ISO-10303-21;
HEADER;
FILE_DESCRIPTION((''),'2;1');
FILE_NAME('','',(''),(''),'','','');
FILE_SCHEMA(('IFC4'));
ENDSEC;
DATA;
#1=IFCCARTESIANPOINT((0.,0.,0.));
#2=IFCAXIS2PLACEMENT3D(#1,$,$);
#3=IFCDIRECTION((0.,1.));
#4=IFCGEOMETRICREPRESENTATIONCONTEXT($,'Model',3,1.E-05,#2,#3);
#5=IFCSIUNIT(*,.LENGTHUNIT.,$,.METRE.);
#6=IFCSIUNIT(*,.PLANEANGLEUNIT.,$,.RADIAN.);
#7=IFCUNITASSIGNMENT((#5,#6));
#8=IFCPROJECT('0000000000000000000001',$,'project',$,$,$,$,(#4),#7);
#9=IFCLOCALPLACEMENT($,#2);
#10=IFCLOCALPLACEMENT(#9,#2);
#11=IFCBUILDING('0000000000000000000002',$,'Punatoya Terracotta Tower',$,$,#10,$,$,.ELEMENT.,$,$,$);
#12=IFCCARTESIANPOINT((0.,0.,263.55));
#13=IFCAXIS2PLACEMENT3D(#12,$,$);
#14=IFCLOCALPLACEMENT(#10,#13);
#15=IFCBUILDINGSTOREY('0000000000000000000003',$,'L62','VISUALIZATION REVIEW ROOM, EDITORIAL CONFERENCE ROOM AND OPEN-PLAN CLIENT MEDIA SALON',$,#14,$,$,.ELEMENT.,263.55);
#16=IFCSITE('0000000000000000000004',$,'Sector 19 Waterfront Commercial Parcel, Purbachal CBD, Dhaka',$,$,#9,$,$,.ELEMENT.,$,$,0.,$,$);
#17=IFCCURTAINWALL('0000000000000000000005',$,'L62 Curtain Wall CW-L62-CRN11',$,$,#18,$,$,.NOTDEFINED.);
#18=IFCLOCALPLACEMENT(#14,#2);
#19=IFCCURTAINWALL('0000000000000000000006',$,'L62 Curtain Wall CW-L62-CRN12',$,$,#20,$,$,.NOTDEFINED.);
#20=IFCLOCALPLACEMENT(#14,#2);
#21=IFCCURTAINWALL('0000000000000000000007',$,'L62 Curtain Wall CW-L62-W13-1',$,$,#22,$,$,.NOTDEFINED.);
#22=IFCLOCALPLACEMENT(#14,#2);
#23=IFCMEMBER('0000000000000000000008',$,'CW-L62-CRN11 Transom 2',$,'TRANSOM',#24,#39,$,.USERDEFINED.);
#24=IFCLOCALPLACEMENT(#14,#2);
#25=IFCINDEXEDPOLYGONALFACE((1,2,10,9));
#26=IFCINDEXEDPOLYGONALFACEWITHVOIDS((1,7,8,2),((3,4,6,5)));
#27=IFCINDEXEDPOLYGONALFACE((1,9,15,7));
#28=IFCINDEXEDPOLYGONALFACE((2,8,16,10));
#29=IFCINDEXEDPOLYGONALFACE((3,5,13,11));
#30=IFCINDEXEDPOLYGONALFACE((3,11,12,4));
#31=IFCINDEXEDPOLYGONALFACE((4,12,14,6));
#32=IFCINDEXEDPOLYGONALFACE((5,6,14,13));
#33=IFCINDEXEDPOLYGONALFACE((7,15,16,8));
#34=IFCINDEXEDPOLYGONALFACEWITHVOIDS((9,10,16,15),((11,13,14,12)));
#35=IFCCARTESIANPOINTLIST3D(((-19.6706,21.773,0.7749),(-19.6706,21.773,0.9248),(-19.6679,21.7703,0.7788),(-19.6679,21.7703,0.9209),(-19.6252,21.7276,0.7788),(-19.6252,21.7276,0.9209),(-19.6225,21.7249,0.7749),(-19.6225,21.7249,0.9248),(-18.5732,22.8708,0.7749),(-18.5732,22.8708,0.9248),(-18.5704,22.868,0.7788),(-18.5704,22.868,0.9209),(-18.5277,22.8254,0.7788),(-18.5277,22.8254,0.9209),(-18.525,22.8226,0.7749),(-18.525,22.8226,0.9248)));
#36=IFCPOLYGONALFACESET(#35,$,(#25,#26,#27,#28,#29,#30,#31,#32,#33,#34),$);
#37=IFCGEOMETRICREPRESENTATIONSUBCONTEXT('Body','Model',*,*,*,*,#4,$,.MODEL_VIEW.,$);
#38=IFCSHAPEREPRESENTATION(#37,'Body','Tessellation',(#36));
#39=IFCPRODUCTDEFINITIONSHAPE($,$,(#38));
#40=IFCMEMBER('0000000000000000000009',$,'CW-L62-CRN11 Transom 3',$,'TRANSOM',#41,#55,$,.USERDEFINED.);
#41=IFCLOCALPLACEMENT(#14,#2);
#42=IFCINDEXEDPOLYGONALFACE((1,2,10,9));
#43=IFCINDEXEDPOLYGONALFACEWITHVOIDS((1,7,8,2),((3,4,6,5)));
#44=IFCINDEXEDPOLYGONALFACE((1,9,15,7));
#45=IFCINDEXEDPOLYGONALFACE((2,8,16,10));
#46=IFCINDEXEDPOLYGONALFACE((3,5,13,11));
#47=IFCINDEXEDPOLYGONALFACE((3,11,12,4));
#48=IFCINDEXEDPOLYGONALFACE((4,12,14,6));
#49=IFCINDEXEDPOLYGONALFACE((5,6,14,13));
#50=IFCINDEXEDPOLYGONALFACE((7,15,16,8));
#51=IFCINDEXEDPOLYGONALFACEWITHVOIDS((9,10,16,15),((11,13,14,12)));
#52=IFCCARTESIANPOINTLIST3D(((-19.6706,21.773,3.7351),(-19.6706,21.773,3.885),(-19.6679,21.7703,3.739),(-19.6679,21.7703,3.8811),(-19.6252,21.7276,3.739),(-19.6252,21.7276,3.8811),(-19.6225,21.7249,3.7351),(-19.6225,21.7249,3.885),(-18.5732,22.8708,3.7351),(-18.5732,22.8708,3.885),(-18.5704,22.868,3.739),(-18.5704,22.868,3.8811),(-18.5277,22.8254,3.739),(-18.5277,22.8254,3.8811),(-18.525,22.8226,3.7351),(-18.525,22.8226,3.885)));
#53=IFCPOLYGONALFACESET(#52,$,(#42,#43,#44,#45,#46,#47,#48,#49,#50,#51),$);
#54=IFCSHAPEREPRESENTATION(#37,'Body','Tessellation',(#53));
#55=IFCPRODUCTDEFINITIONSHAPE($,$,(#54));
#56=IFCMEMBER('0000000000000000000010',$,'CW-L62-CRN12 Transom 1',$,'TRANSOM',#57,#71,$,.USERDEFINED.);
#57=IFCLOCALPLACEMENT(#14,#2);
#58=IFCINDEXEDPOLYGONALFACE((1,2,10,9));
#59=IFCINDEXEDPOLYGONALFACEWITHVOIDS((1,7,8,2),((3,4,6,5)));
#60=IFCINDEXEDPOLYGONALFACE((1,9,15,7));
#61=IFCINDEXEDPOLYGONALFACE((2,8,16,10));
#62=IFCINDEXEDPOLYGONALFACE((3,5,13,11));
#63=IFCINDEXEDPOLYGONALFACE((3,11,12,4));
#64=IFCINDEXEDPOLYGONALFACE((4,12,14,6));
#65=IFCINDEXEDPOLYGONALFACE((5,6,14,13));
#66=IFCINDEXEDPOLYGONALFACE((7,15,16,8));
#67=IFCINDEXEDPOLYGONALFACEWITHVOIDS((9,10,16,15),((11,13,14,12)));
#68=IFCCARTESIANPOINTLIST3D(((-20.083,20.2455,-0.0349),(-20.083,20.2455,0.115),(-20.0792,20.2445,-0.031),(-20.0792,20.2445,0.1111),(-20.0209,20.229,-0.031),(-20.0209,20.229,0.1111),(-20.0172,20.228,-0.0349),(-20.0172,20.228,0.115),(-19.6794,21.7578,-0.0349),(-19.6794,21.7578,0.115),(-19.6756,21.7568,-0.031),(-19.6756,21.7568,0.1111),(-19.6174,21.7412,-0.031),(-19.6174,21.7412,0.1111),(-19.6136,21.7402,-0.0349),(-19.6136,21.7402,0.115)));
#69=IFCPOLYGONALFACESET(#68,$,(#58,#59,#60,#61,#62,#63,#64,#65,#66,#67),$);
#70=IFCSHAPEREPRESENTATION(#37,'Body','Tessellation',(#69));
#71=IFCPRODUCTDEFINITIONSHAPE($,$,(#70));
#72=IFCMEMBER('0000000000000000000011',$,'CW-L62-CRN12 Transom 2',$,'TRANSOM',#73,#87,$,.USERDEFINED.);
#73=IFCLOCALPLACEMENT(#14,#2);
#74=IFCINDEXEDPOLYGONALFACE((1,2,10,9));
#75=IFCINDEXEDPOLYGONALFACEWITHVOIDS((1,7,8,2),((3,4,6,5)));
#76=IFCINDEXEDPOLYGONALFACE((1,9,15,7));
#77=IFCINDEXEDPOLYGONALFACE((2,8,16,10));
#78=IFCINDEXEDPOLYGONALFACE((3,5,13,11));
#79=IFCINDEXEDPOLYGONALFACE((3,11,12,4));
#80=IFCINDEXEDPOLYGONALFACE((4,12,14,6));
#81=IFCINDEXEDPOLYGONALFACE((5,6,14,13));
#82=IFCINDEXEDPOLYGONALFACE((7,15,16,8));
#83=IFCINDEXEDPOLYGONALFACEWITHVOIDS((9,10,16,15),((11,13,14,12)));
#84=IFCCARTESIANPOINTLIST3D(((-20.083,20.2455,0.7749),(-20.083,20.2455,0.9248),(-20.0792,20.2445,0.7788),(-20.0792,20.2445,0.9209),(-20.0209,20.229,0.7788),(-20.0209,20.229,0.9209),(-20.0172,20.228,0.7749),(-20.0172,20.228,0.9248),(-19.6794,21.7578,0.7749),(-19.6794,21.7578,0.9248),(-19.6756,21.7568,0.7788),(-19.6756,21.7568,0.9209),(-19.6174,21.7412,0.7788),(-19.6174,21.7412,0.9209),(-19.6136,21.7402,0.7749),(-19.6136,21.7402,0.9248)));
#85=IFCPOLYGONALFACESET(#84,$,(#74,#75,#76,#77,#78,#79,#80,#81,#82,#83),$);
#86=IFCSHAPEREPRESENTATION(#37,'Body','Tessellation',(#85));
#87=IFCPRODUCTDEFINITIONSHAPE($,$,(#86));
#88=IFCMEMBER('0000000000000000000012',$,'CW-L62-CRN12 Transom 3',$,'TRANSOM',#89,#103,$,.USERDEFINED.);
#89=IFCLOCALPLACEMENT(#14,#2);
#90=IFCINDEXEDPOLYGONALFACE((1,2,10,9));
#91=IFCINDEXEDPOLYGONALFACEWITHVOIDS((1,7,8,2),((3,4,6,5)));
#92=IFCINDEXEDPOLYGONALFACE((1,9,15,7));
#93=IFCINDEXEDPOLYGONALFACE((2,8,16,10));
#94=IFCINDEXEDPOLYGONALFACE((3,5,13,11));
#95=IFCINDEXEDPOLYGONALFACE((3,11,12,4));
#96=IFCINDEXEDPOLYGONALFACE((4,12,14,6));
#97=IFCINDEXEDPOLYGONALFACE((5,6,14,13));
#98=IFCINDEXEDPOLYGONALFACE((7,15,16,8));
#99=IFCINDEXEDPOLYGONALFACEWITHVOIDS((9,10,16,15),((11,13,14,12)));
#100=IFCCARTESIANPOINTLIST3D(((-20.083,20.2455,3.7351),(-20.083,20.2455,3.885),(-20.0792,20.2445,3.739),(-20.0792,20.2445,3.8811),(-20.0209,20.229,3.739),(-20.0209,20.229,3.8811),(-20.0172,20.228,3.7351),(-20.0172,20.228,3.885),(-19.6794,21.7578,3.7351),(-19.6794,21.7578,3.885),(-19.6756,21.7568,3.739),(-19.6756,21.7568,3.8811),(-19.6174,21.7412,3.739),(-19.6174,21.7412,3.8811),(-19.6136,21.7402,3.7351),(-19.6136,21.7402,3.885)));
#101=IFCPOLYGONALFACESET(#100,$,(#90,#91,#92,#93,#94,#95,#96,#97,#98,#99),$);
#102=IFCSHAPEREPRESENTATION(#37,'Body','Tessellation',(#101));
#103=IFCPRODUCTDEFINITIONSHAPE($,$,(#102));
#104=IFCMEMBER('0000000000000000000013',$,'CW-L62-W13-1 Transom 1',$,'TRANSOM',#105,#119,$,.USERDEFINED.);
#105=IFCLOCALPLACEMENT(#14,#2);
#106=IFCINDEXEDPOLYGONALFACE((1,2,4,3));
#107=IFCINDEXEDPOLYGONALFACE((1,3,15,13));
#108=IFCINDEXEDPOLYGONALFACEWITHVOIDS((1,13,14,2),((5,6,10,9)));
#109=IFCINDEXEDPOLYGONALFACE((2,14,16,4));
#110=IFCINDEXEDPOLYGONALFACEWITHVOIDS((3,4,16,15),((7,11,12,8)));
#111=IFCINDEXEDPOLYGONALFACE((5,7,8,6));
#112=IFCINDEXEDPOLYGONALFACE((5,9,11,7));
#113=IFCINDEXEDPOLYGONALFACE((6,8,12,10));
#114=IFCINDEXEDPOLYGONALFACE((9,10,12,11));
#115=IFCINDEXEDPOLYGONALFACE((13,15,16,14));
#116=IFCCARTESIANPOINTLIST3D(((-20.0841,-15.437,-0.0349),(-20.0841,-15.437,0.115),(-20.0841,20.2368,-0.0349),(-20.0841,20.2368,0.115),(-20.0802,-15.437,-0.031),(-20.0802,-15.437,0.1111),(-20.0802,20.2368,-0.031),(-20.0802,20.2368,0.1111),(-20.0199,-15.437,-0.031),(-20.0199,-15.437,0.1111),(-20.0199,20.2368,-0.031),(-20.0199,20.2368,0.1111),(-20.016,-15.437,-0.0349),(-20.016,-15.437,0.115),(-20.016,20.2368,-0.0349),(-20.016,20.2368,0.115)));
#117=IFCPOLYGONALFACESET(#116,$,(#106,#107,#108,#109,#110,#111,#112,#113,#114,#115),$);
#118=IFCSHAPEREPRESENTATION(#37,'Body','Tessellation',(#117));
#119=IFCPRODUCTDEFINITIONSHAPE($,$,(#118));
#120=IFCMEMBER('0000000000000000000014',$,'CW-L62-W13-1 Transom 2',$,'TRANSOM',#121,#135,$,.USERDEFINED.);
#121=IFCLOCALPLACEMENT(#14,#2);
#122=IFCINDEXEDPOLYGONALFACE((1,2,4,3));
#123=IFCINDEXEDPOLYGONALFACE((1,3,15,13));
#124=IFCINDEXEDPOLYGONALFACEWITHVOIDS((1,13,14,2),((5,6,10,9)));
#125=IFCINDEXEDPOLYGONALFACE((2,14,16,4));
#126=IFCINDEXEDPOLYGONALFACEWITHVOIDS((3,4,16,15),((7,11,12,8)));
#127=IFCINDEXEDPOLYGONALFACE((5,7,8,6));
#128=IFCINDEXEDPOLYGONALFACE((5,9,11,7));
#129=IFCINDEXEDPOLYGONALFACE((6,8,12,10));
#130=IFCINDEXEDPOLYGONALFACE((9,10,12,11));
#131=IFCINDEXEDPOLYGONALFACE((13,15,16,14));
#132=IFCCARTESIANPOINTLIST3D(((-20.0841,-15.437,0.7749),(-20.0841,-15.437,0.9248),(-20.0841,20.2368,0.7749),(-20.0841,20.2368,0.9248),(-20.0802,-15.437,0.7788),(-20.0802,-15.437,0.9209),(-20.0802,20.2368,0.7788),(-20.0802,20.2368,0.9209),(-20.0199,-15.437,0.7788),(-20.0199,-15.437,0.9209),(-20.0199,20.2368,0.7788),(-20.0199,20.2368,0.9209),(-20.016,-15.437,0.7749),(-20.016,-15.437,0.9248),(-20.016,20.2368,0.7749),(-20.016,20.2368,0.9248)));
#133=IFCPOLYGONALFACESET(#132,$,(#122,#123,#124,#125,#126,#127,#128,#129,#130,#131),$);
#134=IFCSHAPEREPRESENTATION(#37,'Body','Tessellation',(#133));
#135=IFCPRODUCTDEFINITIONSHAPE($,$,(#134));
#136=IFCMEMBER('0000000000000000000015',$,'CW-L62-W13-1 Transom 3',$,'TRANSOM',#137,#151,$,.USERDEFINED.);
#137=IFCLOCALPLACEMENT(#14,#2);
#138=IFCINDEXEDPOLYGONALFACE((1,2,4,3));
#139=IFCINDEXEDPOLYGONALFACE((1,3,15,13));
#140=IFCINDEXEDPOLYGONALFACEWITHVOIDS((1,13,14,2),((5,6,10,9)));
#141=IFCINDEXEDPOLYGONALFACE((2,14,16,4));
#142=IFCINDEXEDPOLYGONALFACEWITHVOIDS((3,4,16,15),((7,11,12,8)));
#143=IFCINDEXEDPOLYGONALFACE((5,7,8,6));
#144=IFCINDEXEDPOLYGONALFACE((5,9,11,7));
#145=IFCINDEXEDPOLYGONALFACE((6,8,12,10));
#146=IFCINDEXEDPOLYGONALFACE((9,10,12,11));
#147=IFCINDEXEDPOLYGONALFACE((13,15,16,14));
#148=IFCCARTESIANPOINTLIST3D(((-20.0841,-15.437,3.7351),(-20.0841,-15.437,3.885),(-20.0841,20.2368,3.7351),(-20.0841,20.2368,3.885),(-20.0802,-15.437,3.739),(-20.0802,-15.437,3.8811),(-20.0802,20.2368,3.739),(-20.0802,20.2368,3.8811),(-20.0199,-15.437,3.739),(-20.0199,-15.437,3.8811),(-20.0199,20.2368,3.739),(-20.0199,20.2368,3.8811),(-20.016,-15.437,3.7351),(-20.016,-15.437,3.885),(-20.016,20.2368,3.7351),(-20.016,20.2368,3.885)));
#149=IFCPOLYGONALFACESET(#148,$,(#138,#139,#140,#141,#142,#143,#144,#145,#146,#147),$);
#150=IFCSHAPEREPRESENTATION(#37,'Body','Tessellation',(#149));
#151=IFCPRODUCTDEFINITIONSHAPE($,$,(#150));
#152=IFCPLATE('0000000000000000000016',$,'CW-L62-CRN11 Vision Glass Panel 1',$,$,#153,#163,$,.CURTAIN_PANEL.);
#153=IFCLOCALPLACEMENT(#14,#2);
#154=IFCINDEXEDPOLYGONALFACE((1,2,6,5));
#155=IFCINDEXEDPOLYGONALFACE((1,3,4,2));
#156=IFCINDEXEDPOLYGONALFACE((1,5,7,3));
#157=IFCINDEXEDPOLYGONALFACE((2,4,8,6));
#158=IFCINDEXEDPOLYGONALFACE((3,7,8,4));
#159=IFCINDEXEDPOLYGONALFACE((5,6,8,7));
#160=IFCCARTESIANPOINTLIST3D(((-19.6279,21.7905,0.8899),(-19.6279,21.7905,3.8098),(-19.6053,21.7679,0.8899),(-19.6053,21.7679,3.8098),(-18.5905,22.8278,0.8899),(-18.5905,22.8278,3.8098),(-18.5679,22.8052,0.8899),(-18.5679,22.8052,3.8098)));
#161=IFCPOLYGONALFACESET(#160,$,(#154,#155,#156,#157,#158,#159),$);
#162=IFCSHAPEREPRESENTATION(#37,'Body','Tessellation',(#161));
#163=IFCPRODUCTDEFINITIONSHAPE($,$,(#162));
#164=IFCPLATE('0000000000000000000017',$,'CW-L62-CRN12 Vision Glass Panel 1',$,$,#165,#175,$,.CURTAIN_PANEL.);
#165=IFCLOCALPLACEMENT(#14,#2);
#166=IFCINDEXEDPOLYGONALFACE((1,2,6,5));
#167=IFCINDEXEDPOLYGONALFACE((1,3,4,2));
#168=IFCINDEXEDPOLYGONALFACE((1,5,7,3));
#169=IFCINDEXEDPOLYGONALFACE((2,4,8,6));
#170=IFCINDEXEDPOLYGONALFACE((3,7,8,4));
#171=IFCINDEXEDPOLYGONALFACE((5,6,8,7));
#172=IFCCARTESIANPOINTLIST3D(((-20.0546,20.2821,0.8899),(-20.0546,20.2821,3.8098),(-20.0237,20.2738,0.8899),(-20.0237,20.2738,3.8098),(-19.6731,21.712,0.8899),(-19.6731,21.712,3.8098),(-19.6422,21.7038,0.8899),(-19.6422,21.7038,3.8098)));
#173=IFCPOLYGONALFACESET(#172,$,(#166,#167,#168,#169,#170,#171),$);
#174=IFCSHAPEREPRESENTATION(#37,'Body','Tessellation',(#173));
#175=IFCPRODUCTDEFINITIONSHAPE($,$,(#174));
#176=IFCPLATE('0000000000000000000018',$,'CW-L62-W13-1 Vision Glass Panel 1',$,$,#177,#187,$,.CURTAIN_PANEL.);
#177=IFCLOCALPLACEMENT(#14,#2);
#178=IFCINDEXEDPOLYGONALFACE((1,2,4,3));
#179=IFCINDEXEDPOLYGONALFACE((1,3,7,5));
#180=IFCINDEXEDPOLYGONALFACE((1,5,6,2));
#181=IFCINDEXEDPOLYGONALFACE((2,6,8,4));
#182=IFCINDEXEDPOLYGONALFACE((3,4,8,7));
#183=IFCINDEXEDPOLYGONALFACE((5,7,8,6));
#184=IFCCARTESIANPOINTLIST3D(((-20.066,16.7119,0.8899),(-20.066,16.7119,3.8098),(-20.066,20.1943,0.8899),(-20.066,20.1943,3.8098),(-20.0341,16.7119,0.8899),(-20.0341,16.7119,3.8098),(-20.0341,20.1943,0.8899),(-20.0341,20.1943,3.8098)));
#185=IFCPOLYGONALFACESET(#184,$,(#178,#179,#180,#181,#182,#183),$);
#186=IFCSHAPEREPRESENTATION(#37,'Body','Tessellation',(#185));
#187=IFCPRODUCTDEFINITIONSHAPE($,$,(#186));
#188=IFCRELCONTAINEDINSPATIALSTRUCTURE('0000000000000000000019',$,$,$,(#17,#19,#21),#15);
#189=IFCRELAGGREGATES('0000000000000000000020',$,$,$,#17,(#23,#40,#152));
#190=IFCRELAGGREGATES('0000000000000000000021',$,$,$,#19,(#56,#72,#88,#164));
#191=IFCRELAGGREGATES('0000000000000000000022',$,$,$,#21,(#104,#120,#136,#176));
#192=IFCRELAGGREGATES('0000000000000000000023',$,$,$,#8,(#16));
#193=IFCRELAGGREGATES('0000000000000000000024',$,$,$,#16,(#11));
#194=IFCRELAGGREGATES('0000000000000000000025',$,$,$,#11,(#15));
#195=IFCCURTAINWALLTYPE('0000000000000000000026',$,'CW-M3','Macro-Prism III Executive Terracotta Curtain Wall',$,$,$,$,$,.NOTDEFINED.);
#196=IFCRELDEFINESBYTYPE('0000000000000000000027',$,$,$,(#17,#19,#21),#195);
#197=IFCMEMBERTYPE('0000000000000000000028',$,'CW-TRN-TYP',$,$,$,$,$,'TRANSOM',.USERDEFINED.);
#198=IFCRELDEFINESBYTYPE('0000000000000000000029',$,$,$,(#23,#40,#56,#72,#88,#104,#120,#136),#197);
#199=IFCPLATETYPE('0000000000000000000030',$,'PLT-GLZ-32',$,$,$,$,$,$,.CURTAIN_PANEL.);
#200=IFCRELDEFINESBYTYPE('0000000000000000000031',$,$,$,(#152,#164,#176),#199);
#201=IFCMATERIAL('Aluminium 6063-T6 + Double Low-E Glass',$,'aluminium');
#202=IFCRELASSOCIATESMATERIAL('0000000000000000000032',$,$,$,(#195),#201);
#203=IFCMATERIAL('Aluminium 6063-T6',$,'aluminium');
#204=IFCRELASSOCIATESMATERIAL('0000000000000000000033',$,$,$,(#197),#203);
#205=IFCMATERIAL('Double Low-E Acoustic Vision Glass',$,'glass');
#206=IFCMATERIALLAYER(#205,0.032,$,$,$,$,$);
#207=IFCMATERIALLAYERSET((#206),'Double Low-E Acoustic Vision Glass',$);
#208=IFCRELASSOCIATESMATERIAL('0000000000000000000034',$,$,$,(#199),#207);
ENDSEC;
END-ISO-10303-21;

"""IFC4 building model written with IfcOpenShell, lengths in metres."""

from ifc_helpers import new_model, si_unit, direction, frame, origin, origin_2d, place, context, subcontext, project, spatial, rectangle, hollow_rectangle, extrude, material, layer, layer_set, material_profile, profile_set, type_object, element, aggregate, save


model = new_model("IFC4")

# Units and contexts
model_context = context("Model", 3, precision=1e-05, world=origin(), true_north=direction((0.0, 1.0)))
body_context = subcontext(model_context, "Body", "Model", "MODEL_VIEW")
ifc_project = project(units=[si_unit("LENGTHUNIT", "METRE"), si_unit("PLANEANGLEUNIT", "RADIAN")], contexts=[model_context])

# Site, building, storey
site_placement = place(None, origin())
site = spatial("IfcSite", under=ifc_project, at=site_placement, Name="Sector 19 Waterfront Commercial Parcel, Purbachal CBD, Dhaka", CompositionType="ELEMENT", RefElevation=0.0)
building_placement = place(site_placement, origin())
building = spatial("IfcBuilding", under=site, at=building_placement, Name="Punatoya Terracotta Tower", CompositionType="ELEMENT")
storey_placement = place(building_placement, frame((0.0, 0.0, 263.55)))
storey = spatial("IfcBuildingStorey", under=building, at=storey_placement, Name="L62", Description="VISUALIZATION REVIEW ROOM, EDITORIAL CONFERENCE ROOM AND OPEN-PLAN CLIENT MEDIA SALON", CompositionType="ELEMENT", Elevation=263.55)

# Shared definitions
ifc_material_1 = material(Name="Aluminium 6063-T6 + Double Low-E Glass", Category="aluminium")
curtain_wall_type = type_object("IfcCurtainWallType", Name="CW-M3", Description="Macro-Prism III Executive Terracotta Curtain Wall", PredefinedType="NOTDEFINED", material=ifc_material_1)
ifc_material_2 = material(Name="Aluminium 6063-T6", Category="aluminium")

# Curtain walls
curtain_wall_1_placement = place(storey_placement, origin())
curtain_wall_1 = element("IfcCurtainWall", 1, at=curtain_wall_1_placement, inside=storey, type_object=curtain_wall_type, Name="L62 Curtain Wall CW-L62-CRN11", PredefinedType="NOTDEFINED")
curtain_wall_2_placement = place(storey_placement, origin())
curtain_wall_2 = element("IfcCurtainWall", 2, at=curtain_wall_2_placement, inside=storey, type_object=curtain_wall_type, Name="L62 Curtain Wall CW-L62-CRN12", PredefinedType="NOTDEFINED")
curtain_wall_3_placement = place(storey_placement, origin())
curtain_wall_3 = element("IfcCurtainWall", 3, at=curtain_wall_3_placement, inside=storey, type_object=curtain_wall_type, Name="L62 Curtain Wall CW-L62-W13-1", PredefinedType="NOTDEFINED")

# Members
ifc_material_profile_1 = material_profile(ifc_material_2, hollow_rectangle(XDim=0.0681, YDim=0.1499, WallThickness=0.0039, at=origin_2d()))
ifc_profile_set_1 = profile_set([ifc_material_profile_1], Name="Aluminium 6063-T6")
member_type_1 = type_object("IfcMemberType", Name="CW-TRN-TYP", ElementType="TRANSOM", PredefinedType="USERDEFINED", material=ifc_profile_set_1)
member_1_placement = place(storey_placement, frame((-18.5491, 22.8467, 0.8499), z_axis=(-0.707028, -0.707185, 0.0), x_axis=(0.707185, -0.707028, 0.0)))
member_1 = element("IfcMember", 4, at=member_1_placement, type_object=member_type_1, Name="CW-L62-CRN11 Transom 2", ObjectType="TRANSOM", PredefinedType="USERDEFINED", context=body_context, shape_type="SweptSolid", body=[
    extrude(hollow_rectangle(XDim=0.0681, YDim=0.1499, WallThickness=0.0039, at=origin_2d()), origin(), (0.0, 0.0, 1.0), 1.5522),
])
member_2_placement = place(storey_placement, frame((-18.5491, 22.8467, 3.8101), z_axis=(-0.707028, -0.707185, 0.0), x_axis=(0.707185, -0.707028, 0.0)))
member_2 = element("IfcMember", 5, at=member_2_placement, type_object=member_type_1, Name="CW-L62-CRN11 Transom 3", ObjectType="TRANSOM", PredefinedType="USERDEFINED", context=body_context, shape_type="SweptSolid", body=[
    extrude(hollow_rectangle(XDim=0.0681, YDim=0.1499, WallThickness=0.0039, at=origin_2d()), origin(), (0.0, 0.0, 1.0), 1.5522),
])
member_3_placement = place(storey_placement, frame((-19.6465, 21.749, 0.04), z_axis=(-0.257847, -0.966186, 0.0), x_axis=(0.966186, -0.257847, 0.0)))
member_3 = element("IfcMember", 6, at=member_3_placement, type_object=member_type_1, Name="CW-L62-CRN12 Transom 1", ObjectType="TRANSOM", PredefinedType="USERDEFINED", context=body_context, shape_type="SweptSolid", body=[
    extrude(hollow_rectangle(XDim=0.0681, YDim=0.1499, WallThickness=0.0039, at=origin_2d()), origin(), (0.0, 0.0, 1.0), 1.5652),
])
member_4_placement = place(storey_placement, frame((-19.6465, 21.749, 0.8499), z_axis=(-0.257847, -0.966186, 0.0), x_axis=(0.966186, -0.257847, 0.0)))
member_4 = element("IfcMember", 7, at=member_4_placement, type_object=member_type_1, Name="CW-L62-CRN12 Transom 2", ObjectType="TRANSOM", PredefinedType="USERDEFINED", context=body_context, shape_type="SweptSolid", body=[
    extrude(hollow_rectangle(XDim=0.0681, YDim=0.1499, WallThickness=0.0039, at=origin_2d()), origin(), (0.0, 0.0, 1.0), 1.5652),
])
member_5_placement = place(storey_placement, frame((-19.6465, 21.749, 3.8101), z_axis=(-0.257847, -0.966186, 0.0), x_axis=(0.966186, -0.257847, 0.0)))
member_5 = element("IfcMember", 8, at=member_5_placement, type_object=member_type_1, Name="CW-L62-CRN12 Transom 3", ObjectType="TRANSOM", PredefinedType="USERDEFINED", context=body_context, shape_type="SweptSolid", body=[
    extrude(hollow_rectangle(XDim=0.0681, YDim=0.1499, WallThickness=0.0039, at=origin_2d()), origin(), (0.0, 0.0, 1.0), 1.5652),
])
member_6_placement = place(storey_placement, frame((-20.05, 20.2368, 0.04), z_axis=(0.0, -1.0, 0.0), x_axis=(1.0, 0.0, 0.0)))
member_6 = element("IfcMember", 9, at=member_6_placement, type_object=member_type_1, Name="CW-L62-W13-1 Transom 1", ObjectType="TRANSOM", PredefinedType="USERDEFINED", context=body_context, shape_type="SweptSolid", body=[
    extrude(hollow_rectangle(XDim=0.0681, YDim=0.1499, WallThickness=0.0039, at=origin_2d()), origin(), (0.0, 0.0, 1.0), 35.6738),
])
member_7_placement = place(storey_placement, frame((-20.05, 20.2368, 0.8499), z_axis=(0.0, -1.0, 0.0), x_axis=(1.0, 0.0, 0.0)))
member_7 = element("IfcMember", 10, at=member_7_placement, type_object=member_type_1, Name="CW-L62-W13-1 Transom 2", ObjectType="TRANSOM", PredefinedType="USERDEFINED", context=body_context, shape_type="SweptSolid", body=[
    extrude(hollow_rectangle(XDim=0.0681, YDim=0.1499, WallThickness=0.0039, at=origin_2d()), origin(), (0.0, 0.0, 1.0), 35.6738),
])
member_8_placement = place(storey_placement, frame((-20.05, 20.2368, 3.8101), z_axis=(0.0, -1.0, 0.0), x_axis=(1.0, 0.0, 0.0)))
member_8 = element("IfcMember", 11, at=member_8_placement, type_object=member_type_1, Name="CW-L62-W13-1 Transom 3", ObjectType="TRANSOM", PredefinedType="USERDEFINED", context=body_context, shape_type="SweptSolid", body=[
    extrude(hollow_rectangle(XDim=0.0681, YDim=0.1499, WallThickness=0.0039, at=origin_2d()), origin(), (0.0, 0.0, 1.0), 35.6738),
])

# Plates
ifc_material_3 = material(Name="Double Low-E Acoustic Vision Glass", Category="glass")
ifc_layer_1 = layer(ifc_material_3, 0.032)
ifc_layer_set_1 = layer_set([ifc_layer_1], Name="Double Low-E Acoustic Vision Glass")
plate_type_1 = type_object("IfcPlateType", Name="PLT-GLZ-32", PredefinedType="CURTAIN_PANEL", material=ifc_layer_set_1)
plate_1_placement = place(storey_placement, frame((-19.0979, 22.2979, 0.8899), z_axis=(0.0, 0.0, 1.0), x_axis=(-0.707107, -0.707107, 0.0)))
plate_1 = element("IfcPlate", 12, at=plate_1_placement, type_object=plate_type_1, Name="CW-L62-CRN11 Vision Glass Panel 1", PredefinedType="CURTAIN_PANEL", context=body_context, shape_type="SweptSolid", body=[
    extrude(rectangle(XDim=1.467, YDim=0.032, at=origin_2d()), origin(), (0.0, 0.0, 1.0), 2.9199),
])
plate_2_placement = place(storey_placement, frame((-19.8484, 20.9929, 0.8899), z_axis=(0.0, 0.0, 1.0), x_axis=(-0.257742, -0.966214, 0.0)))
plate_2 = element("IfcPlate", 13, at=plate_2_placement, type_object=plate_type_1, Name="CW-L62-CRN12 Vision Glass Panel 1", PredefinedType="CURTAIN_PANEL", context=body_context, shape_type="SweptSolid", body=[
    extrude(rectangle(XDim=1.48, YDim=0.032, at=origin_2d()), origin(), (0.0, 0.0, 1.0), 2.9199),
])
plate_3_placement = place(storey_placement, frame((-20.05, 18.4531, 0.8899), z_axis=(0.0, 0.0, 1.0), x_axis=(0.0, -1.0, 0.0)))
plate_3 = element("IfcPlate", 14, at=plate_3_placement, type_object=plate_type_1, Name="CW-L62-W13-1 Vision Glass Panel 1", PredefinedType="CURTAIN_PANEL", context=body_context, shape_type="SweptSolid", body=[
    extrude(rectangle(XDim=3.4824, YDim=0.032, at=origin_2d()), origin(), (0.0, 0.0, 1.0), 2.9199),
])
aggregate(curtain_wall_1, [member_1, member_2, plate_1])
aggregate(curtain_wall_2, [member_3, member_4, member_5, plate_2])
aggregate(curtain_wall_3, [member_6, member_7, member_8, plate_3])

save(model, "model.ifc")
